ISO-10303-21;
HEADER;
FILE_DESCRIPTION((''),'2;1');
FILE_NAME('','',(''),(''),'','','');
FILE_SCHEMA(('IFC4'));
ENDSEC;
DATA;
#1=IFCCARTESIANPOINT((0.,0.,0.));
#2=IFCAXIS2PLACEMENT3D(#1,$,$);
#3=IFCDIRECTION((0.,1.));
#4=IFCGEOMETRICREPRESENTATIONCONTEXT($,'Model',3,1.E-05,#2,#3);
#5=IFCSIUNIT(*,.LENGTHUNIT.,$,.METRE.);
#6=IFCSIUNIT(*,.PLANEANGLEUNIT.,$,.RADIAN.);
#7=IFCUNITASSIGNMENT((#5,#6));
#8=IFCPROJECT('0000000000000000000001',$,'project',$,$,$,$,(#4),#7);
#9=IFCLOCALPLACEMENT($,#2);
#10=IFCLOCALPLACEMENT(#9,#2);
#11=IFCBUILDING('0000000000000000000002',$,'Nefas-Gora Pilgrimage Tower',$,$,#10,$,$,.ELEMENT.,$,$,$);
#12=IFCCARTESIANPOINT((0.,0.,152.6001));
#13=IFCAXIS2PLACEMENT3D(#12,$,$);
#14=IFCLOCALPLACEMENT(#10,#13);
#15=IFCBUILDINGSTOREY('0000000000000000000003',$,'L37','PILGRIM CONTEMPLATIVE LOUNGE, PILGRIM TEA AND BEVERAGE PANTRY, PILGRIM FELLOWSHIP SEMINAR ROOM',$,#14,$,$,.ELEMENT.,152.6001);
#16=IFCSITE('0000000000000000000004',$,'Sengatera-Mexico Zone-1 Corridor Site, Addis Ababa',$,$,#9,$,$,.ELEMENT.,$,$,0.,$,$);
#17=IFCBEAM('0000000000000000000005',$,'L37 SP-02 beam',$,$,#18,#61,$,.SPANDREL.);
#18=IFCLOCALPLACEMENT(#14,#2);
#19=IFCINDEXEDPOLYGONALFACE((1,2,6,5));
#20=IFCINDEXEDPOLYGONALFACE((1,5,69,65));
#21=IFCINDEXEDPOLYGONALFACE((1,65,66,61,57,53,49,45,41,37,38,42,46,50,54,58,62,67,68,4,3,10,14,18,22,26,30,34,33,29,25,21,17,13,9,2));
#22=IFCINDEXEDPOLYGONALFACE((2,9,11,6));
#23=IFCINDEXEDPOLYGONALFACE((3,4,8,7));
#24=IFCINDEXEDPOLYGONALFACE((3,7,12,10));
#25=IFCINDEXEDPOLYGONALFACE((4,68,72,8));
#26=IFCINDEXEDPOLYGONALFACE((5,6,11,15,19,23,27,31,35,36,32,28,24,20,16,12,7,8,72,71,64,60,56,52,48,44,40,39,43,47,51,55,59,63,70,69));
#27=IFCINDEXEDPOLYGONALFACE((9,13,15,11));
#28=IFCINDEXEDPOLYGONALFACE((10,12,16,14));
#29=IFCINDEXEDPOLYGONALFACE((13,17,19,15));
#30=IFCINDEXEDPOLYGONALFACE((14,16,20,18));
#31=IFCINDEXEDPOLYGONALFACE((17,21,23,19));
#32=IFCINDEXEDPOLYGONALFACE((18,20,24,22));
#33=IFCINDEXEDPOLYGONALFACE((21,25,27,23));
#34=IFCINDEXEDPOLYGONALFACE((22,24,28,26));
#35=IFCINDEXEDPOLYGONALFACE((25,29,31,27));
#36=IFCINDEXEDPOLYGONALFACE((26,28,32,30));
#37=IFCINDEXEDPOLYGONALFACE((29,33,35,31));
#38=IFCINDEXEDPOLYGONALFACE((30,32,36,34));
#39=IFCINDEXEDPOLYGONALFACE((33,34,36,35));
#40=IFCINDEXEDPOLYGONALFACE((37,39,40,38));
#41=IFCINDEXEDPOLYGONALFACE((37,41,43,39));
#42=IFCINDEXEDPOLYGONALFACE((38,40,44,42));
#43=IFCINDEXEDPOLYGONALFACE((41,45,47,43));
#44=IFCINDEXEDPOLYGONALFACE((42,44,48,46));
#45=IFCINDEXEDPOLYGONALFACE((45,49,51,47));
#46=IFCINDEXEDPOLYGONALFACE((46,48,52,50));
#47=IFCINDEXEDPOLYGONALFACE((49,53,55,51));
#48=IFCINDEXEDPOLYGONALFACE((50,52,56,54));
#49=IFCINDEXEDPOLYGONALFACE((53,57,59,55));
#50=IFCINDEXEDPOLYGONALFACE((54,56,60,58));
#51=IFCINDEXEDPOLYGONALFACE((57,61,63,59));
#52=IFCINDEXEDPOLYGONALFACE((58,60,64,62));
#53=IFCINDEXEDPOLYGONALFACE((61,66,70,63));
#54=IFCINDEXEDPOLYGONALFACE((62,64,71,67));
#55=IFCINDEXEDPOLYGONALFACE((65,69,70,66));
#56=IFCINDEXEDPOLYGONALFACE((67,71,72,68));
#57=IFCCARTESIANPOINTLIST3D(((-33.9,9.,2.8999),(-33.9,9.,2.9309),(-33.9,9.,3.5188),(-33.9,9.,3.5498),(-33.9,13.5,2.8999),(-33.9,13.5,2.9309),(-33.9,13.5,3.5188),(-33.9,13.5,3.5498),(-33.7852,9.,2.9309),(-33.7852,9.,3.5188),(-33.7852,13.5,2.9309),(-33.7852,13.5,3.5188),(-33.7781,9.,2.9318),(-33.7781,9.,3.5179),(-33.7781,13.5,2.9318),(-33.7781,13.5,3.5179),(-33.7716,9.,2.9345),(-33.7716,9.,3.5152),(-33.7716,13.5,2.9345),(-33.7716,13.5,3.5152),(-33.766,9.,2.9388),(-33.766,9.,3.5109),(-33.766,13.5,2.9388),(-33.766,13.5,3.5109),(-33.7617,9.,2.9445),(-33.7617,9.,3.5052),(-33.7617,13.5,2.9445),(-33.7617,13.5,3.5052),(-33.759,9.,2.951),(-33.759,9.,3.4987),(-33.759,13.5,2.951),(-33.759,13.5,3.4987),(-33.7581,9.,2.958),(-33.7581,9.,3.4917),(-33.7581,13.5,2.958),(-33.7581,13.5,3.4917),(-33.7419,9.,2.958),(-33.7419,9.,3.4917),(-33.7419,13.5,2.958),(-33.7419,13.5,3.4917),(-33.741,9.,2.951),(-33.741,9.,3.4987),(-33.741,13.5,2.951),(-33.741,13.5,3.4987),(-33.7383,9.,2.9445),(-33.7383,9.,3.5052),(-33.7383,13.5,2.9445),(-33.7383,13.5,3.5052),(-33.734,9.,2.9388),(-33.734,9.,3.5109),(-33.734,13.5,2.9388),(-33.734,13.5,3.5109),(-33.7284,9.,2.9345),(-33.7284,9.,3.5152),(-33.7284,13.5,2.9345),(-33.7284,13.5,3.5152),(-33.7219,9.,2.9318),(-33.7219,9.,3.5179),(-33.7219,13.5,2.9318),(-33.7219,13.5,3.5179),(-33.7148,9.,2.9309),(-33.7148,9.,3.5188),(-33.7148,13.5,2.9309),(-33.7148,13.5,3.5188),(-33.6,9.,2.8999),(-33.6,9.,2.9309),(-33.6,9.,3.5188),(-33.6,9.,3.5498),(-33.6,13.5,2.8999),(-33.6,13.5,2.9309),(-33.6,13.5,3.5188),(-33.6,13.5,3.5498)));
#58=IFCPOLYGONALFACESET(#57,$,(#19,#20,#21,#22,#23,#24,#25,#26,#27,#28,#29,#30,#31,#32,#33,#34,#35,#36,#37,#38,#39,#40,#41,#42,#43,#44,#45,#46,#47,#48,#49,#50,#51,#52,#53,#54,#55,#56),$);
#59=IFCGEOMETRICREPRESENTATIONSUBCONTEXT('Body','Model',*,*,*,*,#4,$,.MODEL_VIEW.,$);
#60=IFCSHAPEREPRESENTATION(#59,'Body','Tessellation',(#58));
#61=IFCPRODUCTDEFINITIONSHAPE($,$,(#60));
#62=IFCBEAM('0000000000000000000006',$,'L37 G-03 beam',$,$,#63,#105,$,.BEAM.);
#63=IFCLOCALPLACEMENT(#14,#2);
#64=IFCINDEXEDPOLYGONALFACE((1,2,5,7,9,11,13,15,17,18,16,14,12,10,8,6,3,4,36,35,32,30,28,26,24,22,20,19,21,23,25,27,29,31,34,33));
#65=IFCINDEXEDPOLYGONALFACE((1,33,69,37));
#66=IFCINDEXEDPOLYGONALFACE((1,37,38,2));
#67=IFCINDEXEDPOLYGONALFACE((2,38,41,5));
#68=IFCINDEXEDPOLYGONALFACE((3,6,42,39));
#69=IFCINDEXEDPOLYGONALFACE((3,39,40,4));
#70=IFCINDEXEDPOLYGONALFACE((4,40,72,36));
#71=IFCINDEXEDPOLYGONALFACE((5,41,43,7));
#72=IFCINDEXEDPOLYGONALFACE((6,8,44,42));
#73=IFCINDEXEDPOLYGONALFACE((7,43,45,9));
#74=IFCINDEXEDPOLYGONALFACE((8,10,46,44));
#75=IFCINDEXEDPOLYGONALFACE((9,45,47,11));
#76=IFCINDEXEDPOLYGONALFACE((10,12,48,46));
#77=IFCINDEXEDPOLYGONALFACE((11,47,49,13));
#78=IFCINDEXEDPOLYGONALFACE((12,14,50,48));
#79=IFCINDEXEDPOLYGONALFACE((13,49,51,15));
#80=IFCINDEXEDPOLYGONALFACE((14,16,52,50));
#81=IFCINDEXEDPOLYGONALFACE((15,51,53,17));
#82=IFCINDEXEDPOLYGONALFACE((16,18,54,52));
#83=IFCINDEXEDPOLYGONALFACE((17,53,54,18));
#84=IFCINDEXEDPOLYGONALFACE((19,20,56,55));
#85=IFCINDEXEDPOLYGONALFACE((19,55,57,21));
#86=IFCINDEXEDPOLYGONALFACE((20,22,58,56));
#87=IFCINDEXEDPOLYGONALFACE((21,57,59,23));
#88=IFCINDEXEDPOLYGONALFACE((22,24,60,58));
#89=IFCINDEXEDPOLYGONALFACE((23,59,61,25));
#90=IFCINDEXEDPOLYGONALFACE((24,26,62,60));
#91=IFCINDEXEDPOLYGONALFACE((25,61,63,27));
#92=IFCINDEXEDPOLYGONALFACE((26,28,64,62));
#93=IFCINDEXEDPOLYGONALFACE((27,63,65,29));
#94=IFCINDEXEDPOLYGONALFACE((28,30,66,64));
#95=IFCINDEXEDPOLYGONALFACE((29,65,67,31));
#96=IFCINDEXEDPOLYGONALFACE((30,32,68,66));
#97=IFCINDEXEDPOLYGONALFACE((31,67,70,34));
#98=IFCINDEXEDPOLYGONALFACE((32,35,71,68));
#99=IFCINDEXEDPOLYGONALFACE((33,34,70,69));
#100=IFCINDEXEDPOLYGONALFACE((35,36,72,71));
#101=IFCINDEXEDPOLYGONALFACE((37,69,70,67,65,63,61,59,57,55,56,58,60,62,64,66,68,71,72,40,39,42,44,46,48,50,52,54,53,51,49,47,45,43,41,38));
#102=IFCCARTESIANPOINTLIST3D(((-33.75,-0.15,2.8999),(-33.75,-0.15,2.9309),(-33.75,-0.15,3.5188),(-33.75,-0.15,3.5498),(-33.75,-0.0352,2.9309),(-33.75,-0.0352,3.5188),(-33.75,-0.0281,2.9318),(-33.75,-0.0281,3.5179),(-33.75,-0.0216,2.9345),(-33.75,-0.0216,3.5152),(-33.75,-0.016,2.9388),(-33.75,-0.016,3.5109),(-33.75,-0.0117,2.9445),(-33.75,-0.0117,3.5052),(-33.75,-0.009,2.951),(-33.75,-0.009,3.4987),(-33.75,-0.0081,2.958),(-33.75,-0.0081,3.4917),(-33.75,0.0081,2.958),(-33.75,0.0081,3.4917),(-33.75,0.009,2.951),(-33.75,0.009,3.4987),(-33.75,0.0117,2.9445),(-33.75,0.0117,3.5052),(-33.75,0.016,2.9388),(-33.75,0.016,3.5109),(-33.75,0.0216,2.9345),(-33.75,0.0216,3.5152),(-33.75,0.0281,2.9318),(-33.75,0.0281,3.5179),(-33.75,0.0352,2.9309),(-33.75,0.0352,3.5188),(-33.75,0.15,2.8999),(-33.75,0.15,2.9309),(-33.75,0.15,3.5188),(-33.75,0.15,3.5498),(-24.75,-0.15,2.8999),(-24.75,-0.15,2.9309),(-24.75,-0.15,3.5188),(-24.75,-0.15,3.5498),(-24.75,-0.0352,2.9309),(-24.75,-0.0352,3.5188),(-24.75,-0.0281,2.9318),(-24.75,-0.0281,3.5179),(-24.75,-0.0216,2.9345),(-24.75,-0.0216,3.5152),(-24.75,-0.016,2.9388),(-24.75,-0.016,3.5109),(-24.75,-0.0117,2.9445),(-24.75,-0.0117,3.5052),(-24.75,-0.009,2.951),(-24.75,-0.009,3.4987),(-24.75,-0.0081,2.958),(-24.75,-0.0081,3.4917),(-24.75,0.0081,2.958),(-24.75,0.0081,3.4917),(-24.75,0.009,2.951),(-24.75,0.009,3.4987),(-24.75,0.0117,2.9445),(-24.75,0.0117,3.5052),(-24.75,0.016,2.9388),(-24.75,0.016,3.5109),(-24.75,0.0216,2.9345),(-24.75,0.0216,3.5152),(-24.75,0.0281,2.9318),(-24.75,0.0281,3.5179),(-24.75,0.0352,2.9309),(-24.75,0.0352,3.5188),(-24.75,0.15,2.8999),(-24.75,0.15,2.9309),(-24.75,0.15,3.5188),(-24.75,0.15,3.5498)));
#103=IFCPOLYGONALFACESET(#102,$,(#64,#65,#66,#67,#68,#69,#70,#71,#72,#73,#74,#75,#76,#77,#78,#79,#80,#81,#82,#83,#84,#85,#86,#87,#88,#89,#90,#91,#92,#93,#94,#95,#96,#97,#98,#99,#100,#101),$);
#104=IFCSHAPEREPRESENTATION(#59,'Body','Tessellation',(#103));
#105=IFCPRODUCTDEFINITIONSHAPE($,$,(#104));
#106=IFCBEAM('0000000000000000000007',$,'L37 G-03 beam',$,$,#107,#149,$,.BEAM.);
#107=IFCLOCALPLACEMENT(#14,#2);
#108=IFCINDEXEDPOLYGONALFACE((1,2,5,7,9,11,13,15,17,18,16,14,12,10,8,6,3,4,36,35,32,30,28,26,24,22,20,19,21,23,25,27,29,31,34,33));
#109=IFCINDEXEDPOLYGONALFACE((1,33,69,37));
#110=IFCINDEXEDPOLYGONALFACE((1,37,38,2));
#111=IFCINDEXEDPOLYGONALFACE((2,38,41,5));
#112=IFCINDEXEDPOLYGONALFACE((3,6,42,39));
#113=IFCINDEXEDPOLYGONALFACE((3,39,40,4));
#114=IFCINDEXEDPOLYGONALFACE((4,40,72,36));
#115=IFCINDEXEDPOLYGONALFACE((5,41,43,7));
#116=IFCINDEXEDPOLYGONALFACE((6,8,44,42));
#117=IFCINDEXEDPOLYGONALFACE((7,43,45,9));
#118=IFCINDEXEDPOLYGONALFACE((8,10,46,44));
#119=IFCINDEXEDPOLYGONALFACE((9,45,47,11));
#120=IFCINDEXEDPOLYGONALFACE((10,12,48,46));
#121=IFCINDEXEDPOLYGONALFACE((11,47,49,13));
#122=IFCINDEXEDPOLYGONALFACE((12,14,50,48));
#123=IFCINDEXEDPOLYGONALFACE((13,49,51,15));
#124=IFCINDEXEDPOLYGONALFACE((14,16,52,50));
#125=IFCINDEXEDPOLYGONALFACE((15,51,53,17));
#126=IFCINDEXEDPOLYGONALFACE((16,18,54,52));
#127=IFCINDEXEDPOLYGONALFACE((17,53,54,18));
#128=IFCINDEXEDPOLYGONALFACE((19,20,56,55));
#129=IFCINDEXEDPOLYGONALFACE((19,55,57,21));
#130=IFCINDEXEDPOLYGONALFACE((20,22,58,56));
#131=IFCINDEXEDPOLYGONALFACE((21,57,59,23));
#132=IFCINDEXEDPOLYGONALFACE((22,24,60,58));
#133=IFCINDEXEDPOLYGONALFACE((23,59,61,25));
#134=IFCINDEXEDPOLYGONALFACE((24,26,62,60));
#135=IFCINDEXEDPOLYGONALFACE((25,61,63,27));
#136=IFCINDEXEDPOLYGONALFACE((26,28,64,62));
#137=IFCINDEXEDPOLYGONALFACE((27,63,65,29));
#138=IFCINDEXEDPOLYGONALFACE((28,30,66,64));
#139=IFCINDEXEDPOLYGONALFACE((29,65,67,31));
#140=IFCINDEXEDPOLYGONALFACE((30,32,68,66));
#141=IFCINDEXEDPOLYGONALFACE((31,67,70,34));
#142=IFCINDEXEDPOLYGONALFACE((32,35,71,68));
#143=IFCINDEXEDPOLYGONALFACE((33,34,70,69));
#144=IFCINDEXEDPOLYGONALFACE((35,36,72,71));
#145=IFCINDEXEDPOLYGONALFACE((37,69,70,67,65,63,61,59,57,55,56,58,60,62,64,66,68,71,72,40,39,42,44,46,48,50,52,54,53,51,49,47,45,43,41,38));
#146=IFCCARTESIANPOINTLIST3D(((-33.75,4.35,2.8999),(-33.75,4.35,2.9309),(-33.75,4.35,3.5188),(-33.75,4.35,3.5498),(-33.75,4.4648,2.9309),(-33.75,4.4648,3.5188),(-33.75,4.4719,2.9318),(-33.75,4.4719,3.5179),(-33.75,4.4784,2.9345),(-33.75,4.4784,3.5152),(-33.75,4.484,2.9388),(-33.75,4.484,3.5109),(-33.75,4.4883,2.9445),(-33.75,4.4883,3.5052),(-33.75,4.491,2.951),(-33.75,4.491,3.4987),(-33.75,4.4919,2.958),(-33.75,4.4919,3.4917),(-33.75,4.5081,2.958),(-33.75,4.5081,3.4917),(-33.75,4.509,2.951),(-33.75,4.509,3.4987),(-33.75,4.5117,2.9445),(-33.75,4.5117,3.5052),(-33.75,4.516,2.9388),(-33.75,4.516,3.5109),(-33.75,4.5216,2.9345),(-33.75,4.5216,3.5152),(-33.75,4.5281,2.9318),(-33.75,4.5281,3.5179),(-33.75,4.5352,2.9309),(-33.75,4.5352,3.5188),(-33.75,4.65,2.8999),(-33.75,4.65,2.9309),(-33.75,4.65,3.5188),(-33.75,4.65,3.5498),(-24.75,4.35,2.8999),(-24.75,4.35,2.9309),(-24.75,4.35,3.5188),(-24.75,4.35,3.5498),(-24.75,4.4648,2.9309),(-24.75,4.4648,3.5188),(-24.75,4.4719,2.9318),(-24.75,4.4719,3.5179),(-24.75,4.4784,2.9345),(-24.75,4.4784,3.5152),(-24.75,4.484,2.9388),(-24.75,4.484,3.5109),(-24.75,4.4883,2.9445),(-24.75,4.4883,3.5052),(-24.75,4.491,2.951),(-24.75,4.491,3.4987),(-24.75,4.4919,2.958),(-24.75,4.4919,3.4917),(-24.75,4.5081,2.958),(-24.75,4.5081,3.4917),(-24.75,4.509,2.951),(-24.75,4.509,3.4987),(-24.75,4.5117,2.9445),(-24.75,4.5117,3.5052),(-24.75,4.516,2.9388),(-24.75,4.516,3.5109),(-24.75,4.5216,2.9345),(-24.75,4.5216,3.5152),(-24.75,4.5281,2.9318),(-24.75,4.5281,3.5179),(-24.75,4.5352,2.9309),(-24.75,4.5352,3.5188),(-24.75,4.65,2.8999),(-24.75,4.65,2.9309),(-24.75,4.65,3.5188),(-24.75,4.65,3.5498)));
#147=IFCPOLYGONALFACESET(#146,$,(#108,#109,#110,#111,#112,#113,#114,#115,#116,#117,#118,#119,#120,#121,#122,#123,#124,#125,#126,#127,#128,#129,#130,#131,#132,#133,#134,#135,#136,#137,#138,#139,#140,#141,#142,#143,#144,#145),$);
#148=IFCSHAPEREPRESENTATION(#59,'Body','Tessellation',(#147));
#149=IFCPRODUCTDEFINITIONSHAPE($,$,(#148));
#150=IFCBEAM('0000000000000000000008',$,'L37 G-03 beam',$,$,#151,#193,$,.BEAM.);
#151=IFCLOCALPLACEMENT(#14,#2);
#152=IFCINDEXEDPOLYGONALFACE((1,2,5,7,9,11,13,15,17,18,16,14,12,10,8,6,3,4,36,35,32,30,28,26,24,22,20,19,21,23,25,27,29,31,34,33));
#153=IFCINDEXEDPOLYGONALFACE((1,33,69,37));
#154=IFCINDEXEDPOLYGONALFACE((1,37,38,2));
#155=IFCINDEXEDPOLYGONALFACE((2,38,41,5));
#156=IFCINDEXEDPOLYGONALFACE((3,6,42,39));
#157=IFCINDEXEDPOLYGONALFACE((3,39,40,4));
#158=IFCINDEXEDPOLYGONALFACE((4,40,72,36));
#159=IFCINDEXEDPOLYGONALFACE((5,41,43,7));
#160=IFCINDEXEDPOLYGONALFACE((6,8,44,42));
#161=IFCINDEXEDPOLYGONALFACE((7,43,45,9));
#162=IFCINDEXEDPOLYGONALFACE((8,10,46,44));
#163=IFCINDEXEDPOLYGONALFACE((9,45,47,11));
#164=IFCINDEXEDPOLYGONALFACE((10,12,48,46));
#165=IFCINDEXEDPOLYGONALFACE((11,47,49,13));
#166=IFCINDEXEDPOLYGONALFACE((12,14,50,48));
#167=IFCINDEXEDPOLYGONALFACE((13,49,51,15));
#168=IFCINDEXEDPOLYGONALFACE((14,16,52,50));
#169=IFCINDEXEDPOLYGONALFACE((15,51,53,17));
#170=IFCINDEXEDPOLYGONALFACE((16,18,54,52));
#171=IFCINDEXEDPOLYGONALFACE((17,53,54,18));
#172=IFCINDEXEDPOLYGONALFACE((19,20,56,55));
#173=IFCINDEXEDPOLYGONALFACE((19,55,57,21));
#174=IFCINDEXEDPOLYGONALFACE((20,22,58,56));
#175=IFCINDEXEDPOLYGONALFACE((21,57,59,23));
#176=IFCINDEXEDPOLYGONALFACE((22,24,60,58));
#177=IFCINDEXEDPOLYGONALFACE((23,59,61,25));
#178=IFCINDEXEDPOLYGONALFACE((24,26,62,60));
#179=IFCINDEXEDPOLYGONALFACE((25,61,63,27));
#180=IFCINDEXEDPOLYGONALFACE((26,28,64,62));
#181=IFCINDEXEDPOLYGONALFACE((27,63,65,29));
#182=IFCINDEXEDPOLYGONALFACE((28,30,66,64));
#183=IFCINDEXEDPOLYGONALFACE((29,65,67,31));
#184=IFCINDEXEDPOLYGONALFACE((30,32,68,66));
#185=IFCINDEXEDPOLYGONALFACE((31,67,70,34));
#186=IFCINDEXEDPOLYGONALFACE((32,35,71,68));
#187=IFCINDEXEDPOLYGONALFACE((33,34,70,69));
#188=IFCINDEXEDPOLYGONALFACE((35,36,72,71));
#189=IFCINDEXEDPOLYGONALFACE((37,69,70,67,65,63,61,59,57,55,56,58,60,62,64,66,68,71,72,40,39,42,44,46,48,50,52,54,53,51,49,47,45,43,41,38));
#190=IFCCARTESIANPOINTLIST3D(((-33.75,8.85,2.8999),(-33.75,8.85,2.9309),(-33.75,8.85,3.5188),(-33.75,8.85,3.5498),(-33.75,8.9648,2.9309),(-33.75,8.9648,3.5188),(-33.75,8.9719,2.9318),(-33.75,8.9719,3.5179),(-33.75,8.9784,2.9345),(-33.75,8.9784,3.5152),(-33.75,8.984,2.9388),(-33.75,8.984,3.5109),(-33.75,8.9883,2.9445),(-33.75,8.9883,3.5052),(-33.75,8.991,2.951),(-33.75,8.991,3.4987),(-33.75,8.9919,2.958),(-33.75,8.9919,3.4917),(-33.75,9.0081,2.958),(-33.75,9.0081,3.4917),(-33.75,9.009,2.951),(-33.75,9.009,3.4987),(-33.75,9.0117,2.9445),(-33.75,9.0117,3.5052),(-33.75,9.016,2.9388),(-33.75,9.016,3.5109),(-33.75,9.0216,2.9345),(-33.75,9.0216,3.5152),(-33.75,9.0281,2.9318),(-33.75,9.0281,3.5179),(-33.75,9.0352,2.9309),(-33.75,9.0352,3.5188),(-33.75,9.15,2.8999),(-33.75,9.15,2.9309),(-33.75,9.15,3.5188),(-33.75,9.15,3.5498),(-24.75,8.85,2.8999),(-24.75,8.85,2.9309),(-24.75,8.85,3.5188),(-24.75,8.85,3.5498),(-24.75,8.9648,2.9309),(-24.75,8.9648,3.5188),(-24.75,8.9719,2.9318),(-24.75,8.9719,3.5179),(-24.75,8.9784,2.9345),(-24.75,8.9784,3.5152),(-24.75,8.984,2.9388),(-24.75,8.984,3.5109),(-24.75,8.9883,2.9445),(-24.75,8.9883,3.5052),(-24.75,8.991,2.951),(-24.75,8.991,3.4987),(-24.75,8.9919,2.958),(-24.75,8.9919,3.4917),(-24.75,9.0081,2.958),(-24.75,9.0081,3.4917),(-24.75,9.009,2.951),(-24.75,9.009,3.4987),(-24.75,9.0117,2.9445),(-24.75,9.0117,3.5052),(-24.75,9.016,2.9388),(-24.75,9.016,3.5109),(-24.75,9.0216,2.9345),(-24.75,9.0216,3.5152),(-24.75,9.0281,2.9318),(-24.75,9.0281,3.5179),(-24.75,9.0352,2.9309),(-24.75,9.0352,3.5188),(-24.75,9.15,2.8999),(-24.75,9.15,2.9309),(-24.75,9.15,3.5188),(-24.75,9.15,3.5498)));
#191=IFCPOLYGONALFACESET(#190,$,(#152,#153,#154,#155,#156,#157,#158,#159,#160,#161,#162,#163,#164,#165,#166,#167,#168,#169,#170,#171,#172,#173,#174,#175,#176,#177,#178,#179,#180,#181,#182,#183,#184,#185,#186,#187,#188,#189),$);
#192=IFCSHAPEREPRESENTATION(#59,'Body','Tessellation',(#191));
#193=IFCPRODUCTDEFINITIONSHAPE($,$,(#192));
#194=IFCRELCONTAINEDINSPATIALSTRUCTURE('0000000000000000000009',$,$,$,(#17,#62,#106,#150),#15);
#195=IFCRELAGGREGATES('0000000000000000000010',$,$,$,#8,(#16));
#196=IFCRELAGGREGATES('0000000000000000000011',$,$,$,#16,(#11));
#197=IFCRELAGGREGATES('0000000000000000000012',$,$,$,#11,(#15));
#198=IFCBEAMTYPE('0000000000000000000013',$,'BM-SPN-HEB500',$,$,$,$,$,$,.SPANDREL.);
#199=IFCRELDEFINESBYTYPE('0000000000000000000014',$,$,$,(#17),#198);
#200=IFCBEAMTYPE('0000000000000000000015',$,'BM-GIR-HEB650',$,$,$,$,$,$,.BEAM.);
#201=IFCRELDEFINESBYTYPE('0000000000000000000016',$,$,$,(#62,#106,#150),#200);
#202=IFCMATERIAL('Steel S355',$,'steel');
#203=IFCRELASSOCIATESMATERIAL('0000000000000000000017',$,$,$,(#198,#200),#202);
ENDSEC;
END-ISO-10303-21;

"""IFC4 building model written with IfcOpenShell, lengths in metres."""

from ifc_helpers import new_model, si_unit, direction, frame, origin, origin_2d, place, context, subcontext, project, spatial, i_section, extrude, source, transform, mapped, material, material_profile, profile_set, type_object, element, save


model = new_model("IFC4")

# Units and contexts
model_context = context("Model", 3, precision=1e-05, world=origin(), true_north=direction((0.0, 1.0)))
body_context = subcontext(model_context, "Body", "Model", "MODEL_VIEW")
ifc_project = project(units=[si_unit("LENGTHUNIT", "METRE"), si_unit("PLANEANGLEUNIT", "RADIAN")], contexts=[model_context])

# Site, building, storey
site_placement = place(None, origin())
site = spatial("IfcSite", under=ifc_project, at=site_placement, Name="Sengatera-Mexico Zone-1 Corridor Site, Addis Ababa", CompositionType="ELEMENT", RefElevation=0.0)
building_placement = place(site_placement, origin())
building = spatial("IfcBuilding", under=site, at=building_placement, Name="Nefas-Gora Pilgrimage Tower", CompositionType="ELEMENT")
storey_placement = place(building_placement, frame((0.0, 0.0, 152.6001)))
storey = spatial("IfcBuildingStorey", under=building, at=storey_placement, Name="L37", Description="PILGRIM CONTEMPLATIVE LOUNGE, PILGRIM TEA AND BEVERAGE PANTRY, PILGRIM FELLOWSHIP SEMINAR ROOM", CompositionType="ELEMENT", Elevation=152.6001)

# Beams
ifc_material_1 = material(Name="Steel S355", Category="steel")
ifc_material_profile_1 = material_profile(ifc_material_1, i_section(OverallWidth=0.3, OverallDepth=0.6499, WebThickness=0.0161, FlangeThickness=0.031, FilletRadius=0.0271, at=origin_2d()), Name="HEB 650")
ifc_profile_set_1 = profile_set([ifc_material_profile_1], Name="Steel S355")
beam_type_1 = type_object("IfcBeamType", Name="BM-SPN-HEB500", PredefinedType="SPANDREL", material=ifc_profile_set_1)
shared_shape_1 = source(origin(), body_context, "Body", "SweptSolid", [
    extrude(i_section(OverallWidth=0.3, OverallDepth=0.6499, WebThickness=0.0161, FlangeThickness=0.031, FilletRadius=0.0271, at=origin_2d()), origin(), (0.0, 0.0, 1.0), 4.5),
])
for number, where, z_axis, x_axis, name in (
    (1, (-33.75, 9.0, 3.2249), (0.0, 1.0, 0.0), (-1.0, 0.0, 0.0), "L37 SP-02 beam"),
):
    element("IfcBeam", number, at=place(storey_placement, frame(where, z_axis=z_axis, x_axis=x_axis)), inside=storey, type_object=beam_type_1, Name=name, PredefinedType="SPANDREL", context=body_context, shape_type="MappedRepresentation", body=[
        mapped(shared_shape_1, transform((0.0, 0.0, 0.0), x_axis=(1.0, 0.0, 0.0), y_axis=(0.0, 1.0, 0.0), z_axis=(0.0, 0.0, 1.0), scale=1.0)),
    ])
ifc_material_profile_2 = material_profile(ifc_material_1, i_section(OverallWidth=0.3, OverallDepth=0.6499, WebThickness=0.0161, FlangeThickness=0.031, FilletRadius=0.0271, at=origin_2d()), Name="HEB 650")
ifc_profile_set_2 = profile_set([ifc_material_profile_2], Name="Steel S355")
beam_type_2 = type_object("IfcBeamType", Name="BM-GIR-HEB650", PredefinedType="BEAM", material=ifc_profile_set_2)
shared_shape_2 = source(origin(), body_context, "Body", "SweptSolid", [
    extrude(i_section(OverallWidth=0.3, OverallDepth=0.6499, WebThickness=0.0161, FlangeThickness=0.031, FilletRadius=0.0271, at=origin_2d()), origin(), (0.0, 0.0, 1.0), 9.0),
])
for number, where, z_axis, x_axis, name in (
    (2, (-33.75, 0.0, 3.2249), (1.0, 0.0, 0.0), (0.0, 1.0, 0.0), "L37 G-03 beam"),
    (3, (-33.75, 4.5, 3.2249), (1.0, 0.0, 0.0), (0.0, 1.0, 0.0), "L37 G-03 beam"),
    (4, (-33.75, 9.0, 3.2249), (1.0, 0.0, 0.0), (0.0, 1.0, 0.0), "L37 G-03 beam"),
):
    element("IfcBeam", number, at=place(storey_placement, frame(where, z_axis=z_axis, x_axis=x_axis)), inside=storey, type_object=beam_type_2, Name=name, PredefinedType="BEAM", context=body_context, shape_type="MappedRepresentation", body=[
        mapped(shared_shape_2, transform((0.0, 0.0, 0.0), x_axis=(1.0, 0.0, 0.0), y_axis=(0.0, 1.0, 0.0), z_axis=(0.0, 0.0, 1.0), scale=1.0)),
    ])

save(model, "model.ifc")
